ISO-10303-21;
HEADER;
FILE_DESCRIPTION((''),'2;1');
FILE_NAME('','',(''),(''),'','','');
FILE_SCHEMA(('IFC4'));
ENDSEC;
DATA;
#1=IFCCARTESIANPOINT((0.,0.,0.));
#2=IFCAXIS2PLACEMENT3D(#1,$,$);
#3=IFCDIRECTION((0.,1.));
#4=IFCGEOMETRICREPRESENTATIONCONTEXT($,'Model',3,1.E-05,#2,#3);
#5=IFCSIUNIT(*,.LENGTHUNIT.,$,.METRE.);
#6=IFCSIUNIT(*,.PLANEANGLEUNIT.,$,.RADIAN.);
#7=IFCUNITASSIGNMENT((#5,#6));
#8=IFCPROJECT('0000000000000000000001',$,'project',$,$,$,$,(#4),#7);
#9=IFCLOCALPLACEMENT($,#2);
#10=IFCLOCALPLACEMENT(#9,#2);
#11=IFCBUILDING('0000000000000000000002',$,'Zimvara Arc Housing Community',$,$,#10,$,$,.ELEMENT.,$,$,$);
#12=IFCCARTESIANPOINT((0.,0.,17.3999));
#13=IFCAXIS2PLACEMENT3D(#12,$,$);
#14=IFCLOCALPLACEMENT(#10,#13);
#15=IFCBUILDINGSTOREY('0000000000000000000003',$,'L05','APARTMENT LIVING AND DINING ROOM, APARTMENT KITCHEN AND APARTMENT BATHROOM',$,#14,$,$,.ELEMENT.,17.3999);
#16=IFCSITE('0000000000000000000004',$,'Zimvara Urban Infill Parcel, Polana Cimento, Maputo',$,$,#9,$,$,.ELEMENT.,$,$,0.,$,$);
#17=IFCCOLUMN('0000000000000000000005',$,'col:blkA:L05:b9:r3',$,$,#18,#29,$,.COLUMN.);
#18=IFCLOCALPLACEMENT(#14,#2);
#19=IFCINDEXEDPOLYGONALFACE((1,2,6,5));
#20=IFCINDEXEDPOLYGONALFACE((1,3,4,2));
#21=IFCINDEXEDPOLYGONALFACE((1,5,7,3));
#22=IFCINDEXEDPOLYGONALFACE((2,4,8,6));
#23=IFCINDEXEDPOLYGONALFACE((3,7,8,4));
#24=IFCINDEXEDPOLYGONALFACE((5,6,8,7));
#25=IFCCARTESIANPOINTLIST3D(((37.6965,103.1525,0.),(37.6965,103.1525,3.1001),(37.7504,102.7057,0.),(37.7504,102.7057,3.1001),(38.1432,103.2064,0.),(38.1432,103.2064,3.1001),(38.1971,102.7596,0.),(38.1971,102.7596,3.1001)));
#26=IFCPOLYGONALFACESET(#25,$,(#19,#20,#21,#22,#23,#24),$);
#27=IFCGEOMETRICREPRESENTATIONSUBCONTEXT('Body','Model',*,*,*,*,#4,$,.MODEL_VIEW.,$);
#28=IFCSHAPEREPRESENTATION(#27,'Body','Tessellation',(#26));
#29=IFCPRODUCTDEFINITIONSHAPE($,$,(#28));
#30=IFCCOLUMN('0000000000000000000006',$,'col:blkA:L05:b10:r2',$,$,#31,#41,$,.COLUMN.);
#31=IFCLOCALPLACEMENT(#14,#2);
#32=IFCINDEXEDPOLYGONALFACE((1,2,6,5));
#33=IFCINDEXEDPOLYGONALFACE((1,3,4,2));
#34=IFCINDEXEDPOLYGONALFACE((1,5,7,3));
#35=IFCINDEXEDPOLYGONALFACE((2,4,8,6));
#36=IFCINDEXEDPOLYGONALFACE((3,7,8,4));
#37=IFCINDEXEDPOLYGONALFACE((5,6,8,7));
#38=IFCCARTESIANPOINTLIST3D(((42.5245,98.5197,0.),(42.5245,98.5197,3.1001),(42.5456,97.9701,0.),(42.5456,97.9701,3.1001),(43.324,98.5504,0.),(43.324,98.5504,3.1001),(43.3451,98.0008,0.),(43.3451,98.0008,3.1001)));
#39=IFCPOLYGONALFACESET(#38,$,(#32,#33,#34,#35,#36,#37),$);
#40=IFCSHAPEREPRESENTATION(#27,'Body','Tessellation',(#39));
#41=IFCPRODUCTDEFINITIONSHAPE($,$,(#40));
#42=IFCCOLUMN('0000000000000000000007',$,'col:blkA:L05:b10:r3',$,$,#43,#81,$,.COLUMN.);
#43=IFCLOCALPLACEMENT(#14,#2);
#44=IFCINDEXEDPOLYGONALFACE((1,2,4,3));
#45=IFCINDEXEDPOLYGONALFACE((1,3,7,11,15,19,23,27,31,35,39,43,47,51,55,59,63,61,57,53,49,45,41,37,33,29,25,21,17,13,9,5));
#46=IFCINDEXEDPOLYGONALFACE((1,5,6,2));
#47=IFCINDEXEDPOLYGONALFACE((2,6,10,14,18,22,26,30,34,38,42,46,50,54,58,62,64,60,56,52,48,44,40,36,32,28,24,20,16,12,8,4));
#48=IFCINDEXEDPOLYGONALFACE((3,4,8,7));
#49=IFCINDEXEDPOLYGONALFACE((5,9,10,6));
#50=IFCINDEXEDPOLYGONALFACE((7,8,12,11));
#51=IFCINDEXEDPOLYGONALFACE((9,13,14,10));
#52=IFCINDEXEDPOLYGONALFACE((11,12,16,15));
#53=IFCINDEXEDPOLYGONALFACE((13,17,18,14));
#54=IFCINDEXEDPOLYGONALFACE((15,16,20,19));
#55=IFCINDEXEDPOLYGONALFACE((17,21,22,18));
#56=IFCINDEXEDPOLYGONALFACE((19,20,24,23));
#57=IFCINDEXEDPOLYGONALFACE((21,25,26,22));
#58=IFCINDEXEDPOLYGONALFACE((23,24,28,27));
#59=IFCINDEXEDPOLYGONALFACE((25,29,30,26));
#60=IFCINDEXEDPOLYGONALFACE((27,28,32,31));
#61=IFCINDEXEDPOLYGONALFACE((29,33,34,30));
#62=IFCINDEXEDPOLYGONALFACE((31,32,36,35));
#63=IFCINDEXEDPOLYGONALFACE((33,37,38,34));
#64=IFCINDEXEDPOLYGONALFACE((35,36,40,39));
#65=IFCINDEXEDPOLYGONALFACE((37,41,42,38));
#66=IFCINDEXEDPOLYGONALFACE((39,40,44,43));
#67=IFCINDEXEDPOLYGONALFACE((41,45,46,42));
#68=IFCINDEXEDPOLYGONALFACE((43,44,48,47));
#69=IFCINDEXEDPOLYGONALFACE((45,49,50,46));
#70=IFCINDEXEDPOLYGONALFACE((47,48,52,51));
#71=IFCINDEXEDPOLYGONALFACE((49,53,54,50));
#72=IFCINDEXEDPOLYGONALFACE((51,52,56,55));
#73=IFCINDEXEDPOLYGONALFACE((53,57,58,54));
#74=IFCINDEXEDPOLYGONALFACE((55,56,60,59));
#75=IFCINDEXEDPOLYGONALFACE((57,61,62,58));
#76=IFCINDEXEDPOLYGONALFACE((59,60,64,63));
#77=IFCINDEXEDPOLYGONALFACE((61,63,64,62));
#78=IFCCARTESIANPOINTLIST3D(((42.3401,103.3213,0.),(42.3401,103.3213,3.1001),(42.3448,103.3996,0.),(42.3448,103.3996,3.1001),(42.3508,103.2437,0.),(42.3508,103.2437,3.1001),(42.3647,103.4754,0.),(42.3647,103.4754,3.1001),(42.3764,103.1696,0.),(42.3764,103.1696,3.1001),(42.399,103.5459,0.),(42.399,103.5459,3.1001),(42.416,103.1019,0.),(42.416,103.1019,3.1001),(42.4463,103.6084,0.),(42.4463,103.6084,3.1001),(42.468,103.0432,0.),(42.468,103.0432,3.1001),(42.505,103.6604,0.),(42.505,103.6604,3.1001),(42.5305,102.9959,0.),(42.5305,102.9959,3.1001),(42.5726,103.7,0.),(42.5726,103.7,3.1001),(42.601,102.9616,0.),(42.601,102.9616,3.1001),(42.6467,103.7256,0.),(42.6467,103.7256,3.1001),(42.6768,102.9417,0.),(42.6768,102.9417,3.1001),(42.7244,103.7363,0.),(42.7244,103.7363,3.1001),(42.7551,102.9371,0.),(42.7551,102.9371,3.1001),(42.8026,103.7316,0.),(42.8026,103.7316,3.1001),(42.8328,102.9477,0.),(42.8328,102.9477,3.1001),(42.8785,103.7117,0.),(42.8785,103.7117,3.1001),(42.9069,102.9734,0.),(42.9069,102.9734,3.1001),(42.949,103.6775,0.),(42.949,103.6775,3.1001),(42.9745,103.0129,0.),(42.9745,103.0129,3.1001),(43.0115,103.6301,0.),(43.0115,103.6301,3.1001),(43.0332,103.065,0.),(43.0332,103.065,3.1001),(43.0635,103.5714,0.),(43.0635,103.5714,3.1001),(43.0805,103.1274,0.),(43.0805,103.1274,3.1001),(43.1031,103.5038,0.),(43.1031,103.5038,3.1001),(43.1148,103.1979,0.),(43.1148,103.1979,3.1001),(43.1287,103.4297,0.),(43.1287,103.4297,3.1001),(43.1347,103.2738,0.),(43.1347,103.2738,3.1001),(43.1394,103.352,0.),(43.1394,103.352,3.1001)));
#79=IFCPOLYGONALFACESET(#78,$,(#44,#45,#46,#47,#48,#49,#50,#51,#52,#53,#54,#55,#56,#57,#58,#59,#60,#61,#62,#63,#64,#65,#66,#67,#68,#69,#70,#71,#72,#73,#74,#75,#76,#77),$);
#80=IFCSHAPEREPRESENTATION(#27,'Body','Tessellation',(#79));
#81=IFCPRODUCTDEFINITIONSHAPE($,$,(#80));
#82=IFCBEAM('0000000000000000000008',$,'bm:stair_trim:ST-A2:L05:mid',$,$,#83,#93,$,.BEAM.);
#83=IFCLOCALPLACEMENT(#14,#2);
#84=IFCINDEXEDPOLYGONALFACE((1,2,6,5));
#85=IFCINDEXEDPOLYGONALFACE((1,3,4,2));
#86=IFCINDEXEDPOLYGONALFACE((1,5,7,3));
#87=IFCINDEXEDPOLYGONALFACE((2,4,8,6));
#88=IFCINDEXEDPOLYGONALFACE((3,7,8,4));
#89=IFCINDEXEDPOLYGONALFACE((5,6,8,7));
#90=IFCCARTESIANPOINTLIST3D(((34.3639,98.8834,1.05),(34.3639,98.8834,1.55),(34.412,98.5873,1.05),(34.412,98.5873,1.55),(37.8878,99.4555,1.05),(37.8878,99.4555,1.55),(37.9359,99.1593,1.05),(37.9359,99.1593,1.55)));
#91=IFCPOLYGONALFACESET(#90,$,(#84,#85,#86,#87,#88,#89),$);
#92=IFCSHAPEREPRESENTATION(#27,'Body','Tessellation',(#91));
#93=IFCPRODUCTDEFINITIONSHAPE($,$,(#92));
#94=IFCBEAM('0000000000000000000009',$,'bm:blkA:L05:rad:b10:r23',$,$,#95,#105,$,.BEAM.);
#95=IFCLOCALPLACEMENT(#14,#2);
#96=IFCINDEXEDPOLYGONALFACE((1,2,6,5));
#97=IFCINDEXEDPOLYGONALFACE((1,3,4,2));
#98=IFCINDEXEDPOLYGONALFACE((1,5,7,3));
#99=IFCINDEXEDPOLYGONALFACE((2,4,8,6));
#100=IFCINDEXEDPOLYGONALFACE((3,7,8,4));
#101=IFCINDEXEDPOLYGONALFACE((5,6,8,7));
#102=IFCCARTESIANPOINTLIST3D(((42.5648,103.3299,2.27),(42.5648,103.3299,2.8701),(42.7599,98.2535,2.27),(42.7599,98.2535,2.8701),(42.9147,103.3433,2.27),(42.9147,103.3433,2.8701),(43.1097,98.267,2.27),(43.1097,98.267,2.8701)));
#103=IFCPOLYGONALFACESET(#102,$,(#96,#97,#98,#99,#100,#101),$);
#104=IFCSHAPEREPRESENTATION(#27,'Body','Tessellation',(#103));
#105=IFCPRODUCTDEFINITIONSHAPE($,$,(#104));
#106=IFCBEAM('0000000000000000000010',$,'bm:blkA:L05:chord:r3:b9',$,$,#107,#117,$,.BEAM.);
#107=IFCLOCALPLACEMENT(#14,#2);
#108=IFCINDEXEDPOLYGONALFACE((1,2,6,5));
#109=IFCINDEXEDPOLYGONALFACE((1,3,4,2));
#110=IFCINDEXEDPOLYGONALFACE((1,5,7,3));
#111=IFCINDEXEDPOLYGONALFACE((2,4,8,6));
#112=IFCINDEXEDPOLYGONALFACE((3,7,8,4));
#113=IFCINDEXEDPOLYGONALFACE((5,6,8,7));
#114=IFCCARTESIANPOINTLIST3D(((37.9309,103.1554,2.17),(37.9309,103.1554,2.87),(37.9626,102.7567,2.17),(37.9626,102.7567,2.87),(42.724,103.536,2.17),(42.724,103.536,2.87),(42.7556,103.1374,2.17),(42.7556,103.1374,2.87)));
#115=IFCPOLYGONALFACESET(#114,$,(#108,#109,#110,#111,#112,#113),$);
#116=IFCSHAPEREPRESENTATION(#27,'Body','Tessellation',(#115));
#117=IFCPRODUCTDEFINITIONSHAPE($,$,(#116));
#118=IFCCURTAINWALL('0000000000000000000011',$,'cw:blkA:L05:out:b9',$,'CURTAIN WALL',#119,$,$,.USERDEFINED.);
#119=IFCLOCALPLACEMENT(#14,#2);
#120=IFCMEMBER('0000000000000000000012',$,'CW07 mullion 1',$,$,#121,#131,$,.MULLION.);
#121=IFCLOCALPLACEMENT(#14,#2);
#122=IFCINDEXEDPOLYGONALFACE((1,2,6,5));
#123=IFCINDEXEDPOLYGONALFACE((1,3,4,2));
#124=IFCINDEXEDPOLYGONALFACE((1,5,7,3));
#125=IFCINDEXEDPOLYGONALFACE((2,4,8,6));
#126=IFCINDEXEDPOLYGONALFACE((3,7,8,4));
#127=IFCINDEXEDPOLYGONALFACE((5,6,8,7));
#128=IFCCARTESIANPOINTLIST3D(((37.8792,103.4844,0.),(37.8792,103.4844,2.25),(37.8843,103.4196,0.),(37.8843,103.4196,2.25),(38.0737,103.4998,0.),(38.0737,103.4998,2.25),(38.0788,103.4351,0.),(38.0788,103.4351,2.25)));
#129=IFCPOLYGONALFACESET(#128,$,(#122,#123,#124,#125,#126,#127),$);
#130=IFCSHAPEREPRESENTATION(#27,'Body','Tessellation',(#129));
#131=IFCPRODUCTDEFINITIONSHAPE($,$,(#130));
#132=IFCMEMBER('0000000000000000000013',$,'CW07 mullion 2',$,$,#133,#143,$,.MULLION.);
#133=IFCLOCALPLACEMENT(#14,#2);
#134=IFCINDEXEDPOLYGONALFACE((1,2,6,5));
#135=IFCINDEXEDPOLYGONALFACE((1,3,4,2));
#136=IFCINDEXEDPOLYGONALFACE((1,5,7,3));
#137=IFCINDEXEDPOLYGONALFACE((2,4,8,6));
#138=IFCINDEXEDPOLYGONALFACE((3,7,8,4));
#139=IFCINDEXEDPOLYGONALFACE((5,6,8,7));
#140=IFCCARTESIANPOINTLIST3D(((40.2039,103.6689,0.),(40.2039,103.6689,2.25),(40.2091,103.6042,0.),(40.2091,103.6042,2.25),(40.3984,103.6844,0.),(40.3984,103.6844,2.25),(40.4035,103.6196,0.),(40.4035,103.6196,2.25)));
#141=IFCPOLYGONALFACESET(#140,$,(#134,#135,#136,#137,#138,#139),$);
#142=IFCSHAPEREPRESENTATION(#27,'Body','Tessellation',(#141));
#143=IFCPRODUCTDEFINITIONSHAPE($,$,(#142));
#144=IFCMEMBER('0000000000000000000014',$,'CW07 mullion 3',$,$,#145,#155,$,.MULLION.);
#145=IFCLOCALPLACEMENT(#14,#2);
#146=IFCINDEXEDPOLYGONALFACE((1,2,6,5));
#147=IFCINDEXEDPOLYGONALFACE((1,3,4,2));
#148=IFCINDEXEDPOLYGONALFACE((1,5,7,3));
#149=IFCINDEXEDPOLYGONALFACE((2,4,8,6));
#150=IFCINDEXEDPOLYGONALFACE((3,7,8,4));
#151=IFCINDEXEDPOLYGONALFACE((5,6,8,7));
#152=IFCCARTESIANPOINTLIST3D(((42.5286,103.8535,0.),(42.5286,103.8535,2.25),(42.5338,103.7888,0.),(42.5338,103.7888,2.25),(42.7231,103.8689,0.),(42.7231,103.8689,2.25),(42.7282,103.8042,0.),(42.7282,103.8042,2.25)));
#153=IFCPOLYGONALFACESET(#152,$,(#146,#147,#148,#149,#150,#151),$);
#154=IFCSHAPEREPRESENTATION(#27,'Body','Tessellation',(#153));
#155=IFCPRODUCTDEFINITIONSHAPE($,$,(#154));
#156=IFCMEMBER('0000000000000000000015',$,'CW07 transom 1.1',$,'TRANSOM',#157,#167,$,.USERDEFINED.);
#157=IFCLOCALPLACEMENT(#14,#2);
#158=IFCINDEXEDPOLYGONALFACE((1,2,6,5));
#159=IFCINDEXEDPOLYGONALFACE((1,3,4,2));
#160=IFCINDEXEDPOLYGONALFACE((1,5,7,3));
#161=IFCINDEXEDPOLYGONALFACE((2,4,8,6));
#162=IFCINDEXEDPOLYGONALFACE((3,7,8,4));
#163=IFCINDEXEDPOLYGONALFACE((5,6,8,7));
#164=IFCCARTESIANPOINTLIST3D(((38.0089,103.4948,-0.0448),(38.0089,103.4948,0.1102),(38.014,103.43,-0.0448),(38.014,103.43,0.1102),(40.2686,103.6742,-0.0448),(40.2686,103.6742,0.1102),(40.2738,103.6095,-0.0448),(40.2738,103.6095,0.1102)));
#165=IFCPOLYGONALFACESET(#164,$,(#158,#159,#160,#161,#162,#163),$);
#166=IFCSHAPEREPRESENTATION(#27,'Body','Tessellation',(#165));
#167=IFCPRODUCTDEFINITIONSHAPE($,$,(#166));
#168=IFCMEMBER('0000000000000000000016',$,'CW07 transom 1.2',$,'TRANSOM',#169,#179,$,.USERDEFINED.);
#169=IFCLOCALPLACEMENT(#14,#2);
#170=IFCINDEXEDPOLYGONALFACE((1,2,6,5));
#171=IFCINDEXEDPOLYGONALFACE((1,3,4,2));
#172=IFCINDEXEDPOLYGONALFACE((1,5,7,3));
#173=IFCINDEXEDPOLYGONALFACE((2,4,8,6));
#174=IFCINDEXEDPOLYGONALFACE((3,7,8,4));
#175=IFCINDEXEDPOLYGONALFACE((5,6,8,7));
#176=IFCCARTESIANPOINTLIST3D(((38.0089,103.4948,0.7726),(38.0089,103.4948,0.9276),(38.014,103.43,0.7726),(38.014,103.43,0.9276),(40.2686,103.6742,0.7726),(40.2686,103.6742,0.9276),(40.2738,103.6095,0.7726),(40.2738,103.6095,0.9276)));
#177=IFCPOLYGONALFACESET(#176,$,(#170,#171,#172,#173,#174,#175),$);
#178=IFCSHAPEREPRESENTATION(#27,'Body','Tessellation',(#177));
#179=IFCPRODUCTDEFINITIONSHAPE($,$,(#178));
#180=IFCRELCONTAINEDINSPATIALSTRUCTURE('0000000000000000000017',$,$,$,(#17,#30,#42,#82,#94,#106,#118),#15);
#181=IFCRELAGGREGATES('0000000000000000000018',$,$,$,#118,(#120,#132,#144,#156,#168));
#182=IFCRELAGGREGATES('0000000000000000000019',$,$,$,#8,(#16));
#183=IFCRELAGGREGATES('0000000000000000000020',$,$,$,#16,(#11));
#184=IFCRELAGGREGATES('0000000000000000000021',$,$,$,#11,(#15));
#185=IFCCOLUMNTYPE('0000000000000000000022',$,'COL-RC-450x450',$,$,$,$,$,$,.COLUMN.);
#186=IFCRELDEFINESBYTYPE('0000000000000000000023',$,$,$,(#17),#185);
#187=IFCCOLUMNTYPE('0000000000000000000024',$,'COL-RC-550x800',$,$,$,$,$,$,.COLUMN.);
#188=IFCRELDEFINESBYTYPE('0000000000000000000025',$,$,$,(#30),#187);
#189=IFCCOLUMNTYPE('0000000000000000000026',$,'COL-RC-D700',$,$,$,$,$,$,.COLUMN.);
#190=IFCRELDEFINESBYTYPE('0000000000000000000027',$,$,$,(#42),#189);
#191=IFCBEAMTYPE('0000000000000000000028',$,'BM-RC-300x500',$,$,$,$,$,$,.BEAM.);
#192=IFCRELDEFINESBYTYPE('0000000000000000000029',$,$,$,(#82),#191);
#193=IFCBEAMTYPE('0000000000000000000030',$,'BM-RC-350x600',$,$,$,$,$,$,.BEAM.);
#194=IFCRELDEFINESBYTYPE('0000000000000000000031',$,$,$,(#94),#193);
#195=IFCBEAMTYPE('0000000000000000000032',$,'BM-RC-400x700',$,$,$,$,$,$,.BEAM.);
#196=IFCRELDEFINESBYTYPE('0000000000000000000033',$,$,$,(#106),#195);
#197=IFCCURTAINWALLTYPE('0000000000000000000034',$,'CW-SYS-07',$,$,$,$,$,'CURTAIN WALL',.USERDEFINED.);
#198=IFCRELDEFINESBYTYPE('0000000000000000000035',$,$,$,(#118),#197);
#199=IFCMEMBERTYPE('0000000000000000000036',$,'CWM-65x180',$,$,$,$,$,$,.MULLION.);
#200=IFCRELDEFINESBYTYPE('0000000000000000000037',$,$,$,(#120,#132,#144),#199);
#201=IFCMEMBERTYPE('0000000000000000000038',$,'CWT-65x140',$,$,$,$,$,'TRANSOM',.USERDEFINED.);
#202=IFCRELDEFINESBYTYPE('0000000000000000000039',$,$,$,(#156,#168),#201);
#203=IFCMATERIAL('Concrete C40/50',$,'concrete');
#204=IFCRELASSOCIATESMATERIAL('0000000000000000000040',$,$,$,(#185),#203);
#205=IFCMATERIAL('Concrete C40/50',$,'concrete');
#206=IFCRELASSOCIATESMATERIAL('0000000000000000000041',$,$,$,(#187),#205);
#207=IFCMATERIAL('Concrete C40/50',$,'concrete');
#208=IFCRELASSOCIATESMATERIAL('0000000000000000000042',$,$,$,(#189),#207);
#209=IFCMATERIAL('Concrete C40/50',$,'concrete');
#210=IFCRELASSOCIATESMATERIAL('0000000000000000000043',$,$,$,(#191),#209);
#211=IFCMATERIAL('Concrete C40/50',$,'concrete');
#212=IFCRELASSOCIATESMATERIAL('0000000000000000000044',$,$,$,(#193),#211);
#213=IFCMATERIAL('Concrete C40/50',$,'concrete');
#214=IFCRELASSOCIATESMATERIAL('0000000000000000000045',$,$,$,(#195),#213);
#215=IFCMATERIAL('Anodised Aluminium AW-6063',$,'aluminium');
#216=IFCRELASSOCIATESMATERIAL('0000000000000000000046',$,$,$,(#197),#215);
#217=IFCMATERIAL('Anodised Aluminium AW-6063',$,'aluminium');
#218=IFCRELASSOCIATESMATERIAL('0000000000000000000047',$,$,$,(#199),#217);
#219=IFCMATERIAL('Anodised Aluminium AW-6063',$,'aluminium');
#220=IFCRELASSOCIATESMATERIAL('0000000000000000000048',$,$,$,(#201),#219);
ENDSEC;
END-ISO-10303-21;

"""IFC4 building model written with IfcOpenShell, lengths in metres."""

from ifc_helpers import new_model, si_unit, direction, frame, origin, origin_2d, place, context, subcontext, project, spatial, rectangle, circle, extrude, material, material_profile, profile_set, type_object, element, aggregate, save


model = new_model("IFC4")

# Units and contexts
model_context = context("Model", 3, precision=1e-05, world=origin(), true_north=direction((0.0, 1.0)))
body_context = subcontext(model_context, "Body", "Model", "MODEL_VIEW")
ifc_project = project(units=[si_unit("LENGTHUNIT", "METRE"), si_unit("PLANEANGLEUNIT", "RADIAN")], contexts=[model_context])

# Site, building, storey
site_placement = place(None, origin())
site = spatial("IfcSite", under=ifc_project, at=site_placement, Name="Zimvara Urban Infill Parcel, Polana Cimento, Maputo", CompositionType="ELEMENT", RefElevation=0.0)
building_placement = place(site_placement, origin())
building = spatial("IfcBuilding", under=site, at=building_placement, Name="Zimvara Arc Housing Community", CompositionType="ELEMENT")
storey_placement = place(building_placement, frame((0.0, 0.0, 17.3999)))
storey = spatial("IfcBuildingStorey", under=building, at=storey_placement, Name="L05", Description="APARTMENT LIVING AND DINING ROOM, APARTMENT KITCHEN AND APARTMENT BATHROOM", CompositionType="ELEMENT", Elevation=17.3999)

# Columns
ifc_material_1 = material(Name="Concrete C40/50", Category="concrete")
ifc_material_profile_1 = material_profile(ifc_material_1, rectangle(XDim=0.45, YDim=0.45, at=origin_2d()), Name="RC 450x450")
ifc_profile_set_1 = profile_set([ifc_material_profile_1], Name="Concrete C40/50")
column_type_1 = type_object("IfcColumnType", Name="COL-RC-450x450", PredefinedType="COLUMN", material=ifc_profile_set_1)
column_1_placement = place(storey_placement, frame((37.9468, 102.9561, 0.0), z_axis=(0.0, 0.0, 1.0), x_axis=(-0.11979, 0.992799, 0.0)))
element("IfcColumn", 1, at=column_1_placement, inside=storey, type_object=column_type_1, Name="col:blkA:L05:b9:r3", PredefinedType="COLUMN", context=body_context, shape_type="SweptSolid", body=[
    extrude(rectangle(XDim=0.45, YDim=0.45, at=origin_2d()), origin(), (0.0, 0.0, 1.0), 3.1001),
])
ifc_material_2 = material(Name="Concrete C40/50", Category="concrete")
ifc_material_profile_2 = material_profile(ifc_material_2, rectangle(XDim=0.55, YDim=0.8, at=origin_2d()), Name="RC 550x800")
ifc_profile_set_2 = profile_set([ifc_material_profile_2], Name="Concrete C40/50")
column_type_2 = type_object("IfcColumnType", Name="COL-RC-550x800", PredefinedType="COLUMN", material=ifc_profile_set_2)
column_2_placement = place(storey_placement, frame((42.9348, 98.2603, 0.0), z_axis=(0.0, 0.0, 1.0), x_axis=(-0.038388, 0.999263, 0.0)))
element("IfcColumn", 2, at=column_2_placement, inside=storey, type_object=column_type_2, Name="col:blkA:L05:b10:r2", PredefinedType="COLUMN", context=body_context, shape_type="SweptSolid", body=[
    extrude(rectangle(XDim=0.55, YDim=0.8, at=origin_2d()), origin(), (0.0, 0.0, 1.0), 3.1001),
])
ifc_material_3 = material(Name="Concrete C40/50", Category="concrete")
ifc_material_profile_3 = material_profile(ifc_material_3, circle(Radius=0.3999, at=origin_2d()), Name="RC D800")
ifc_profile_set_3 = profile_set([ifc_material_profile_3], Name="Concrete C40/50")
column_type_3 = type_object("IfcColumnType", Name="COL-RC-D700", PredefinedType="COLUMN", material=ifc_profile_set_3)
column_3_placement = place(storey_placement, frame((42.7397, 103.3367, 0.0), z_axis=(0.0, 0.0, 1.0), x_axis=(-0.038388, 0.999263, 0.0)))
element("IfcColumn", 3, at=column_3_placement, inside=storey, type_object=column_type_3, Name="col:blkA:L05:b10:r3", PredefinedType="COLUMN", context=body_context, shape_type="SweptSolid", body=[
    extrude(circle(Radius=0.3999, at=origin_2d()), origin(), (0.0, 0.0, 1.0), 3.1001),
])

# Beams
ifc_material_4 = material(Name="Concrete C40/50", Category="concrete")
ifc_material_profile_4 = material_profile(ifc_material_4, rectangle(XDim=0.3, YDim=0.5, at=origin_2d()), Name="RC 300x500")
ifc_profile_set_4 = profile_set([ifc_material_profile_4], Name="Concrete C40/50")
beam_type_1 = type_object("IfcBeamType", Name="BM-RC-300x500", PredefinedType="BEAM", material=ifc_profile_set_4)
beam_1_placement = place(storey_placement, frame((37.9119, 99.3074, 1.3), z_axis=(-0.98708, -0.160228, 0.0), x_axis=(0.160228, -0.98708, 0.0)))
element("IfcBeam", 4, at=beam_1_placement, inside=storey, type_object=beam_type_1, Name="bm:stair_trim:ST-A2:L05:mid", PredefinedType="BEAM", context=body_context, shape_type="SweptSolid", body=[
    extrude(rectangle(XDim=0.3, YDim=0.5, at=origin_2d()), origin(), (0.0, 0.0, 1.0), 3.5701),
])
ifc_material_5 = material(Name="Concrete C40/50", Category="concrete")
ifc_material_profile_5 = material_profile(ifc_material_5, rectangle(XDim=0.3501, YDim=0.6001, at=origin_2d()), Name="RC 350x600")
ifc_profile_set_5 = profile_set([ifc_material_profile_5], Name="Concrete C40/50")
beam_type_2 = type_object("IfcBeamType", Name="BM-RC-350x600", PredefinedType="BEAM", material=ifc_profile_set_5)
beam_2_placement = place(storey_placement, frame((42.9348, 98.2603, 2.5701), z_axis=(-0.038398, 0.999263, 0.0), x_axis=(-0.999263, -0.038398, 0.0)))
element("IfcBeam", 5, at=beam_2_placement, inside=storey, type_object=beam_type_2, Name="bm:blkA:L05:rad:b10:r23", PredefinedType="BEAM", context=body_context, shape_type="SweptSolid", body=[
    extrude(rectangle(XDim=0.3501, YDim=0.6001, at=origin_2d()), origin(), (0.0, 0.0, 1.0), 5.0801),
])
ifc_material_6 = material(Name="Concrete C40/50", Category="concrete")
ifc_material_profile_6 = material_profile(ifc_material_6, rectangle(XDim=0.3999, YDim=0.7, at=origin_2d()), Name="RC 400x700")
ifc_profile_set_6 = profile_set([ifc_material_profile_6], Name="Concrete C40/50")
beam_type_3 = type_object("IfcBeamType", Name="BM-RC-400x700", PredefinedType="BEAM", material=ifc_profile_set_6)
beam_3_placement = place(storey_placement, frame((37.9468, 102.9561, 2.52), z_axis=(0.996862, 0.079162, 0.0), x_axis=(-0.079162, 0.996862, 0.0)))
element("IfcBeam", 6, at=beam_3_placement, inside=storey, type_object=beam_type_3, Name="bm:blkA:L05:chord:r3:b9", PredefinedType="BEAM", context=body_context, shape_type="SweptSolid", body=[
    extrude(rectangle(XDim=0.3999, YDim=0.7, at=origin_2d()), origin(), (0.0, 0.0, 1.0), 4.8081),
])

# Curtain wall, members
ifc_material_7 = material(Name="Anodised Aluminium AW-6063", Category="aluminium")
curtain_wall_type = type_object("IfcCurtainWallType", Name="CW-SYS-07", ElementType="CURTAIN WALL", PredefinedType="USERDEFINED", material=ifc_material_7)
curtain_wall_placement = place(storey_placement, origin())
curtain_wall = element("IfcCurtainWall", 7, at=curtain_wall_placement, inside=storey, type_object=curtain_wall_type, Name="cw:blkA:L05:out:b9", ObjectType="CURTAIN WALL", PredefinedType="USERDEFINED")
ifc_material_8 = material(Name="Anodised Aluminium AW-6063", Category="aluminium")
ifc_material_profile_7 = material_profile(ifc_material_8, rectangle(XDim=0.0649, YDim=0.1951, at=origin_2d()), Name="ALU 65x195")
ifc_profile_set_7 = profile_set([ifc_material_profile_7], Name="Anodised Aluminium AW-6063")
member_type_1 = type_object("IfcMemberType", Name="CWM-65x180", PredefinedType="MULLION", material=ifc_profile_set_7)
member_1_placement = place(storey_placement, frame((37.979, 103.4597, 0.0), z_axis=(0.0, 0.0, 1.0), x_axis=(-0.079154, 0.996862, 0.0)))
member_1 = element("IfcMember", 8, at=member_1_placement, type_object=member_type_1, Name="CW07 mullion 1", PredefinedType="MULLION", context=body_context, shape_type="SweptSolid", body=[
    extrude(rectangle(XDim=0.0649, YDim=0.1951, at=origin_2d()), origin(), (0.0, 0.0, 1.0), 2.25),
])
member_2_placement = place(storey_placement, frame((40.3037, 103.6443, 0.0), z_axis=(0.0, 0.0, 1.0), x_axis=(-0.079154, 0.996862, 0.0)))
member_2 = element("IfcMember", 9, at=member_2_placement, type_object=member_type_1, Name="CW07 mullion 2", PredefinedType="MULLION", context=body_context, shape_type="SweptSolid", body=[
    extrude(rectangle(XDim=0.0649, YDim=0.1951, at=origin_2d()), origin(), (0.0, 0.0, 1.0), 2.25),
])
member_3_placement = place(storey_placement, frame((42.6284, 103.8289, 0.0), z_axis=(0.0, 0.0, 1.0), x_axis=(-0.079154, 0.996862, 0.0)))
member_3 = element("IfcMember", 10, at=member_3_placement, type_object=member_type_1, Name="CW07 mullion 3", PredefinedType="MULLION", context=body_context, shape_type="SweptSolid", body=[
    extrude(rectangle(XDim=0.0649, YDim=0.1951, at=origin_2d()), origin(), (0.0, 0.0, 1.0), 2.25),
])
ifc_material_9 = material(Name="Anodised Aluminium AW-6063", Category="aluminium")
ifc_material_profile_8 = material_profile(ifc_material_9, rectangle(XDim=0.0649, YDim=0.155, at=origin_2d()), Name="ALU 65x155")
ifc_profile_set_8 = profile_set([ifc_material_profile_8], Name="Anodised Aluminium AW-6063")
member_type_2 = type_object("IfcMemberType", Name="CWT-65x140", ElementType="TRANSOM", PredefinedType="USERDEFINED", material=ifc_profile_set_8)
member_4_placement = place(storey_placement, frame((38.0115, 103.4624, 0.0327), z_axis=(0.996862, 0.079159, 0.0), x_axis=(-0.079159, 0.996862, 0.0)))
member_4 = element("IfcMember", 11, at=member_4_placement, type_object=member_type_2, Name="CW07 transom 1.1", ObjectType="TRANSOM", PredefinedType="USERDEFINED", context=body_context, shape_type="SweptSolid", body=[
    extrude(rectangle(XDim=0.0649, YDim=0.155, at=origin_2d()), origin(), (0.0, 0.0, 1.0), 2.2668),
])
member_5_placement = place(storey_placement, frame((38.0115, 103.4624, 0.8501), z_axis=(0.996862, 0.079159, 0.0), x_axis=(-0.079159, 0.996862, 0.0)))
member_5 = element("IfcMember", 12, at=member_5_placement, type_object=member_type_2, Name="CW07 transom 1.2", ObjectType="TRANSOM", PredefinedType="USERDEFINED", context=body_context, shape_type="SweptSolid", body=[
    extrude(rectangle(XDim=0.0649, YDim=0.155, at=origin_2d()), origin(), (0.0, 0.0, 1.0), 2.2668),
])
aggregate(curtain_wall, [member_1, member_2, member_3, member_4, member_5])

save(model, "model.ifc")
